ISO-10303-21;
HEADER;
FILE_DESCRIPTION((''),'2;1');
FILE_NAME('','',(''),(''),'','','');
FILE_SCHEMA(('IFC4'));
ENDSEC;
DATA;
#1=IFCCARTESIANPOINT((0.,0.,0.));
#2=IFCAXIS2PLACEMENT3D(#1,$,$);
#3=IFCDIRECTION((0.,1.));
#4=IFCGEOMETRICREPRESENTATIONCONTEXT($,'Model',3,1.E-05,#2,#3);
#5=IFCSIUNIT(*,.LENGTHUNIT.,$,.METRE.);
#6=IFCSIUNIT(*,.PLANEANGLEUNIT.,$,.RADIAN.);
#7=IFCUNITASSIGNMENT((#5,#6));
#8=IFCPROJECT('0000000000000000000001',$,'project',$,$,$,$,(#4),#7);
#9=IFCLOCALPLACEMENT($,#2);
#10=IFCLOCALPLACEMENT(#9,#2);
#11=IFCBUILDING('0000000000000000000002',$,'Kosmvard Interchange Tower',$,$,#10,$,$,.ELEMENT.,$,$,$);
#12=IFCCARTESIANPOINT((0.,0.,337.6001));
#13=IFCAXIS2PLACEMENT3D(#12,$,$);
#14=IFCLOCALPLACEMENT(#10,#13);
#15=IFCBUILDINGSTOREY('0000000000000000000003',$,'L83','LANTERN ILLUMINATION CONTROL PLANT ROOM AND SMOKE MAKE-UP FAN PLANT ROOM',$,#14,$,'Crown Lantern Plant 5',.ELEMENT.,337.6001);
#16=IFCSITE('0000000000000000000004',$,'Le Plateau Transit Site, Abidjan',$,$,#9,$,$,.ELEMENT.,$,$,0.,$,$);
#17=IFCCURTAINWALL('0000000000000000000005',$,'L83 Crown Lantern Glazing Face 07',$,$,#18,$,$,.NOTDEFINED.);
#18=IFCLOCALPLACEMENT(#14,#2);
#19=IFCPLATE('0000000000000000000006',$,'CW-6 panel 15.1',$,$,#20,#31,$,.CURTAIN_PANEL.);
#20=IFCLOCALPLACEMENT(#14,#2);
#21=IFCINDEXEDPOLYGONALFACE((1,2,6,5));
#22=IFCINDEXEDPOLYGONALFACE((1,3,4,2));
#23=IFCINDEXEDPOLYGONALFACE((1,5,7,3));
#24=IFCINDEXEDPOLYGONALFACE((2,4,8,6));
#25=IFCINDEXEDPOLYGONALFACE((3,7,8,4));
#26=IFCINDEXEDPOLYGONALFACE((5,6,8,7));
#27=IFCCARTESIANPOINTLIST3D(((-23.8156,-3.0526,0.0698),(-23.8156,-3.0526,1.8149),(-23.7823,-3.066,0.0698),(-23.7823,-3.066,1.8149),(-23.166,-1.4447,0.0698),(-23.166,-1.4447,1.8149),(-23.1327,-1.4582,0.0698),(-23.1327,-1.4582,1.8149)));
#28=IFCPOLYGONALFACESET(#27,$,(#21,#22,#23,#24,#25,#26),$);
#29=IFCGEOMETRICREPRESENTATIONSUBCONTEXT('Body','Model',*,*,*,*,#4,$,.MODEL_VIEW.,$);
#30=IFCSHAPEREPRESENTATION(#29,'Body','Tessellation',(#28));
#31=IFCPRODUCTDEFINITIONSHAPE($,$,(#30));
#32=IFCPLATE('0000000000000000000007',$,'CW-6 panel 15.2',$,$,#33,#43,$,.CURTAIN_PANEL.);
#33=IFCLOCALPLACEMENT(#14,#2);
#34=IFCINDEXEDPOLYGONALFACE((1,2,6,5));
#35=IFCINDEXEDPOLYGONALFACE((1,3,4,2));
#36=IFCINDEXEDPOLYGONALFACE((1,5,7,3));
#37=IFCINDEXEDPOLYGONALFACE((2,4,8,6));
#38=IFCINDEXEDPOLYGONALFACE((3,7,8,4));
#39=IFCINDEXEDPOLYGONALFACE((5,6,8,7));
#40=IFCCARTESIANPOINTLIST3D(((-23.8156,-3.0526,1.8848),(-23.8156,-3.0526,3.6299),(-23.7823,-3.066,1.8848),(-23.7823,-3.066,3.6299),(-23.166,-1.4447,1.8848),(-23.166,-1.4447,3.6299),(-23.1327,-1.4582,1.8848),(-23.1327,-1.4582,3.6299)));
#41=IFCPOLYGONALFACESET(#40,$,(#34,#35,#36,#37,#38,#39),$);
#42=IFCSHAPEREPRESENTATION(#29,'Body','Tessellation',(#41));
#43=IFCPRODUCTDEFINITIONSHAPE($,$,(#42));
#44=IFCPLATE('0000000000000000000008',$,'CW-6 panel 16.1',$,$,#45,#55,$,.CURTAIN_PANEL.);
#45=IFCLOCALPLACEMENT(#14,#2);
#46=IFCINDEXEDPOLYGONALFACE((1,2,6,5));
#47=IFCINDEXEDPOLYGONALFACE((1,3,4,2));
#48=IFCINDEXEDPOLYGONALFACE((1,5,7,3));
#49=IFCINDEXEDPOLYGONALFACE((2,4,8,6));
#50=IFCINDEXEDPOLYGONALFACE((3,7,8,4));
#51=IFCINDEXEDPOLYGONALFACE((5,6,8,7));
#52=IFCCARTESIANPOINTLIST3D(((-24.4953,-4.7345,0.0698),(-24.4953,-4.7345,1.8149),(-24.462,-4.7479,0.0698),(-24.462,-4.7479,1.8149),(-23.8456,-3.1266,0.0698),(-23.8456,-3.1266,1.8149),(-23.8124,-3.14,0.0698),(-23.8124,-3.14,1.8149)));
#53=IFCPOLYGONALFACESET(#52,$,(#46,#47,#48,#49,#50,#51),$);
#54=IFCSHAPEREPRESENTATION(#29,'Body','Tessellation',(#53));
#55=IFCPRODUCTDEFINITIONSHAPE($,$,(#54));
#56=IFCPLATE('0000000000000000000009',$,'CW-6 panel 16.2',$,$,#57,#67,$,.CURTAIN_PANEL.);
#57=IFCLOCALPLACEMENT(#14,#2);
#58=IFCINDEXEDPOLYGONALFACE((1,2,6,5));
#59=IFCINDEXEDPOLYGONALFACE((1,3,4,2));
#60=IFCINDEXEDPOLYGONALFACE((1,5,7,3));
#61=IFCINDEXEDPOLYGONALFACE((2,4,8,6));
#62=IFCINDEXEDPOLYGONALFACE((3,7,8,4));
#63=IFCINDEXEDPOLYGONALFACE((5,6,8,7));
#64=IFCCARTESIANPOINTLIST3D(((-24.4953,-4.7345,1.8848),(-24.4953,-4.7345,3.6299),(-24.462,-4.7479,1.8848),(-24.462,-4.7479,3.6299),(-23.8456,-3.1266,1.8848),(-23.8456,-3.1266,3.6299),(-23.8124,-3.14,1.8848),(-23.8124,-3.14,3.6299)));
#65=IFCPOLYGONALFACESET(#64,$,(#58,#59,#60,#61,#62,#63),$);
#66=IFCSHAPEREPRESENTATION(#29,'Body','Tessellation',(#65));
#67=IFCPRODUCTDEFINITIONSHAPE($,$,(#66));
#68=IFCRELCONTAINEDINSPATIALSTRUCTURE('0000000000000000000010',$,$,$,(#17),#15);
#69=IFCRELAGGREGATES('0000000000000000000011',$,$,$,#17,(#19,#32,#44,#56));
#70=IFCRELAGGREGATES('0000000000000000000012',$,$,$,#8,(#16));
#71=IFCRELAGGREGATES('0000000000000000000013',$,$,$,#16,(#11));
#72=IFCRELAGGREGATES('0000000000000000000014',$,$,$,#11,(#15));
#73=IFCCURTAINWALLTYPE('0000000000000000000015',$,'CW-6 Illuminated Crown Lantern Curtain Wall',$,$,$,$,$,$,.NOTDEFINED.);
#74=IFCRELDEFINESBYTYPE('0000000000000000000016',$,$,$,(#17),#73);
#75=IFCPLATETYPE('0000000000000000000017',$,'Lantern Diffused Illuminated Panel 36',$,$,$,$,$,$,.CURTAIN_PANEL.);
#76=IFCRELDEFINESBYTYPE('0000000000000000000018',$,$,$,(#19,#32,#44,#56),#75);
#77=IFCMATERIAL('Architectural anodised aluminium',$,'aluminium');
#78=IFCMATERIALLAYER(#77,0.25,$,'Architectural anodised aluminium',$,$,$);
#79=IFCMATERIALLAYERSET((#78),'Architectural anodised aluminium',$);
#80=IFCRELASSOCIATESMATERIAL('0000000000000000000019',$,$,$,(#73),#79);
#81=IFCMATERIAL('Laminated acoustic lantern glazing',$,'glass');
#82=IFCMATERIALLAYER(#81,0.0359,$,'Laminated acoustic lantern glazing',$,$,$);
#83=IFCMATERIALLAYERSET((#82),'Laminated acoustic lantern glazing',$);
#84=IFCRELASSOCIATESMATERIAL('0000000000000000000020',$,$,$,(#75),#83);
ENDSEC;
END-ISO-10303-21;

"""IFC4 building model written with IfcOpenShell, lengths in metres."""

from ifc_helpers import new_model, si_unit, direction, frame, origin, origin_2d, place, context, subcontext, project, spatial, rectangle, extrude, source, transform, mapped, material, layer, layer_set, type_object, element, aggregate, save


model = new_model("IFC4")

# Units and contexts
model_context = context("Model", 3, precision=1e-05, world=origin(), true_north=direction((0.0, 1.0)))
body_context = subcontext(model_context, "Body", "Model", "MODEL_VIEW")
ifc_project = project(units=[si_unit("LENGTHUNIT", "METRE"), si_unit("PLANEANGLEUNIT", "RADIAN")], contexts=[model_context])

# Site, building, storey
site_placement = place(None, origin())
site = spatial("IfcSite", under=ifc_project, at=site_placement, Name="Le Plateau Transit Site, Abidjan", CompositionType="ELEMENT", RefElevation=0.0)
building_placement = place(site_placement, origin())
building = spatial("IfcBuilding", under=site, at=building_placement, Name="Kosmvard Interchange Tower", CompositionType="ELEMENT")
storey_placement = place(building_placement, frame((0.0, 0.0, 337.6001)))
storey = spatial("IfcBuildingStorey", under=building, at=storey_placement, Name="L83", Description="LANTERN ILLUMINATION CONTROL PLANT ROOM AND SMOKE MAKE-UP FAN PLANT ROOM", LongName="Crown Lantern Plant 5", CompositionType="ELEMENT", Elevation=337.6001)

# Curtain wall
ifc_material_1 = material(Name="Architectural anodised aluminium", Category="aluminium")
ifc_layer_1 = layer(ifc_material_1, 0.25, Name="Architectural anodised aluminium")
ifc_layer_set_1 = layer_set([ifc_layer_1], Name="Architectural anodised aluminium")
curtain_wall_type = type_object("IfcCurtainWallType", Name="CW-6 Illuminated Crown Lantern Curtain Wall", PredefinedType="NOTDEFINED", material=ifc_layer_set_1)
curtain_wall_placement = place(storey_placement, origin())
curtain_wall = element("IfcCurtainWall", 1, at=curtain_wall_placement, inside=storey, type_object=curtain_wall_type, Name="L83 Crown Lantern Glazing Face 07", PredefinedType="NOTDEFINED")

# Plates
ifc_material_2 = material(Name="Laminated acoustic lantern glazing", Category="glass")
ifc_layer_2 = layer(ifc_material_2, 0.0359, Name="Laminated acoustic lantern glazing")
ifc_layer_set_2 = layer_set([ifc_layer_2], Name="Laminated acoustic lantern glazing")
plate_type_1 = type_object("IfcPlateType", Name="Lantern Diffused Illuminated Panel 36", PredefinedType="CURTAIN_PANEL", material=ifc_layer_set_2)
shared_shape_1 = source(origin(), body_context, "Body", "SweptSolid", [
    extrude(rectangle(XDim=1.7341, YDim=0.0359, at=origin_2d()), origin(), (0.0, 0.0, 1.0), 1.7451),
])
plate_1_placement = place(storey_placement, frame((-23.4741, -2.2554, 0.0698), z_axis=(0.0, 0.0, 1.0), x_axis=(-0.374607, -0.927184, 0.0)))
plate_1 = element("IfcPlate", 2, at=plate_1_placement, type_object=plate_type_1, Name="CW-6 panel 15.1", PredefinedType="CURTAIN_PANEL", context=body_context, shape_type="MappedRepresentation", body=[
    mapped(shared_shape_1, transform((0.0, 0.0, 0.0), scale=1.0)),
])
plate_2_placement = place(storey_placement, frame((-23.4741, -2.2554, 1.8848), z_axis=(0.0, 0.0, 1.0), x_axis=(-0.374607, -0.927184, 0.0)))
plate_2 = element("IfcPlate", 3, at=plate_2_placement, type_object=plate_type_1, Name="CW-6 panel 15.2", PredefinedType="CURTAIN_PANEL", context=body_context, shape_type="MappedRepresentation", body=[
    mapped(shared_shape_1, transform((0.0, 0.0, 0.0), scale=1.0)),
])
plate_3_placement = place(storey_placement, frame((-24.1538, -3.9373, 0.0698), z_axis=(0.0, 0.0, 1.0), x_axis=(-0.374607, -0.927184, 0.0)))
plate_3 = element("IfcPlate", 4, at=plate_3_placement, type_object=plate_type_1, Name="CW-6 panel 16.1", PredefinedType="CURTAIN_PANEL", context=body_context, shape_type="MappedRepresentation", body=[
    mapped(shared_shape_1, transform((0.0, 0.0, 0.0), scale=1.0)),
])
plate_4_placement = place(storey_placement, frame((-24.1538, -3.9373, 1.8848), z_axis=(0.0, 0.0, 1.0), x_axis=(-0.374607, -0.927184, 0.0)))
plate_4 = element("IfcPlate", 5, at=plate_4_placement, type_object=plate_type_1, Name="CW-6 panel 16.2", PredefinedType="CURTAIN_PANEL", context=body_context, shape_type="MappedRepresentation", body=[
    mapped(shared_shape_1, transform((0.0, 0.0, 0.0), scale=1.0)),
])
aggregate(curtain_wall, [plate_1, plate_2, plate_3, plate_4])

save(model, "model.ifc")
